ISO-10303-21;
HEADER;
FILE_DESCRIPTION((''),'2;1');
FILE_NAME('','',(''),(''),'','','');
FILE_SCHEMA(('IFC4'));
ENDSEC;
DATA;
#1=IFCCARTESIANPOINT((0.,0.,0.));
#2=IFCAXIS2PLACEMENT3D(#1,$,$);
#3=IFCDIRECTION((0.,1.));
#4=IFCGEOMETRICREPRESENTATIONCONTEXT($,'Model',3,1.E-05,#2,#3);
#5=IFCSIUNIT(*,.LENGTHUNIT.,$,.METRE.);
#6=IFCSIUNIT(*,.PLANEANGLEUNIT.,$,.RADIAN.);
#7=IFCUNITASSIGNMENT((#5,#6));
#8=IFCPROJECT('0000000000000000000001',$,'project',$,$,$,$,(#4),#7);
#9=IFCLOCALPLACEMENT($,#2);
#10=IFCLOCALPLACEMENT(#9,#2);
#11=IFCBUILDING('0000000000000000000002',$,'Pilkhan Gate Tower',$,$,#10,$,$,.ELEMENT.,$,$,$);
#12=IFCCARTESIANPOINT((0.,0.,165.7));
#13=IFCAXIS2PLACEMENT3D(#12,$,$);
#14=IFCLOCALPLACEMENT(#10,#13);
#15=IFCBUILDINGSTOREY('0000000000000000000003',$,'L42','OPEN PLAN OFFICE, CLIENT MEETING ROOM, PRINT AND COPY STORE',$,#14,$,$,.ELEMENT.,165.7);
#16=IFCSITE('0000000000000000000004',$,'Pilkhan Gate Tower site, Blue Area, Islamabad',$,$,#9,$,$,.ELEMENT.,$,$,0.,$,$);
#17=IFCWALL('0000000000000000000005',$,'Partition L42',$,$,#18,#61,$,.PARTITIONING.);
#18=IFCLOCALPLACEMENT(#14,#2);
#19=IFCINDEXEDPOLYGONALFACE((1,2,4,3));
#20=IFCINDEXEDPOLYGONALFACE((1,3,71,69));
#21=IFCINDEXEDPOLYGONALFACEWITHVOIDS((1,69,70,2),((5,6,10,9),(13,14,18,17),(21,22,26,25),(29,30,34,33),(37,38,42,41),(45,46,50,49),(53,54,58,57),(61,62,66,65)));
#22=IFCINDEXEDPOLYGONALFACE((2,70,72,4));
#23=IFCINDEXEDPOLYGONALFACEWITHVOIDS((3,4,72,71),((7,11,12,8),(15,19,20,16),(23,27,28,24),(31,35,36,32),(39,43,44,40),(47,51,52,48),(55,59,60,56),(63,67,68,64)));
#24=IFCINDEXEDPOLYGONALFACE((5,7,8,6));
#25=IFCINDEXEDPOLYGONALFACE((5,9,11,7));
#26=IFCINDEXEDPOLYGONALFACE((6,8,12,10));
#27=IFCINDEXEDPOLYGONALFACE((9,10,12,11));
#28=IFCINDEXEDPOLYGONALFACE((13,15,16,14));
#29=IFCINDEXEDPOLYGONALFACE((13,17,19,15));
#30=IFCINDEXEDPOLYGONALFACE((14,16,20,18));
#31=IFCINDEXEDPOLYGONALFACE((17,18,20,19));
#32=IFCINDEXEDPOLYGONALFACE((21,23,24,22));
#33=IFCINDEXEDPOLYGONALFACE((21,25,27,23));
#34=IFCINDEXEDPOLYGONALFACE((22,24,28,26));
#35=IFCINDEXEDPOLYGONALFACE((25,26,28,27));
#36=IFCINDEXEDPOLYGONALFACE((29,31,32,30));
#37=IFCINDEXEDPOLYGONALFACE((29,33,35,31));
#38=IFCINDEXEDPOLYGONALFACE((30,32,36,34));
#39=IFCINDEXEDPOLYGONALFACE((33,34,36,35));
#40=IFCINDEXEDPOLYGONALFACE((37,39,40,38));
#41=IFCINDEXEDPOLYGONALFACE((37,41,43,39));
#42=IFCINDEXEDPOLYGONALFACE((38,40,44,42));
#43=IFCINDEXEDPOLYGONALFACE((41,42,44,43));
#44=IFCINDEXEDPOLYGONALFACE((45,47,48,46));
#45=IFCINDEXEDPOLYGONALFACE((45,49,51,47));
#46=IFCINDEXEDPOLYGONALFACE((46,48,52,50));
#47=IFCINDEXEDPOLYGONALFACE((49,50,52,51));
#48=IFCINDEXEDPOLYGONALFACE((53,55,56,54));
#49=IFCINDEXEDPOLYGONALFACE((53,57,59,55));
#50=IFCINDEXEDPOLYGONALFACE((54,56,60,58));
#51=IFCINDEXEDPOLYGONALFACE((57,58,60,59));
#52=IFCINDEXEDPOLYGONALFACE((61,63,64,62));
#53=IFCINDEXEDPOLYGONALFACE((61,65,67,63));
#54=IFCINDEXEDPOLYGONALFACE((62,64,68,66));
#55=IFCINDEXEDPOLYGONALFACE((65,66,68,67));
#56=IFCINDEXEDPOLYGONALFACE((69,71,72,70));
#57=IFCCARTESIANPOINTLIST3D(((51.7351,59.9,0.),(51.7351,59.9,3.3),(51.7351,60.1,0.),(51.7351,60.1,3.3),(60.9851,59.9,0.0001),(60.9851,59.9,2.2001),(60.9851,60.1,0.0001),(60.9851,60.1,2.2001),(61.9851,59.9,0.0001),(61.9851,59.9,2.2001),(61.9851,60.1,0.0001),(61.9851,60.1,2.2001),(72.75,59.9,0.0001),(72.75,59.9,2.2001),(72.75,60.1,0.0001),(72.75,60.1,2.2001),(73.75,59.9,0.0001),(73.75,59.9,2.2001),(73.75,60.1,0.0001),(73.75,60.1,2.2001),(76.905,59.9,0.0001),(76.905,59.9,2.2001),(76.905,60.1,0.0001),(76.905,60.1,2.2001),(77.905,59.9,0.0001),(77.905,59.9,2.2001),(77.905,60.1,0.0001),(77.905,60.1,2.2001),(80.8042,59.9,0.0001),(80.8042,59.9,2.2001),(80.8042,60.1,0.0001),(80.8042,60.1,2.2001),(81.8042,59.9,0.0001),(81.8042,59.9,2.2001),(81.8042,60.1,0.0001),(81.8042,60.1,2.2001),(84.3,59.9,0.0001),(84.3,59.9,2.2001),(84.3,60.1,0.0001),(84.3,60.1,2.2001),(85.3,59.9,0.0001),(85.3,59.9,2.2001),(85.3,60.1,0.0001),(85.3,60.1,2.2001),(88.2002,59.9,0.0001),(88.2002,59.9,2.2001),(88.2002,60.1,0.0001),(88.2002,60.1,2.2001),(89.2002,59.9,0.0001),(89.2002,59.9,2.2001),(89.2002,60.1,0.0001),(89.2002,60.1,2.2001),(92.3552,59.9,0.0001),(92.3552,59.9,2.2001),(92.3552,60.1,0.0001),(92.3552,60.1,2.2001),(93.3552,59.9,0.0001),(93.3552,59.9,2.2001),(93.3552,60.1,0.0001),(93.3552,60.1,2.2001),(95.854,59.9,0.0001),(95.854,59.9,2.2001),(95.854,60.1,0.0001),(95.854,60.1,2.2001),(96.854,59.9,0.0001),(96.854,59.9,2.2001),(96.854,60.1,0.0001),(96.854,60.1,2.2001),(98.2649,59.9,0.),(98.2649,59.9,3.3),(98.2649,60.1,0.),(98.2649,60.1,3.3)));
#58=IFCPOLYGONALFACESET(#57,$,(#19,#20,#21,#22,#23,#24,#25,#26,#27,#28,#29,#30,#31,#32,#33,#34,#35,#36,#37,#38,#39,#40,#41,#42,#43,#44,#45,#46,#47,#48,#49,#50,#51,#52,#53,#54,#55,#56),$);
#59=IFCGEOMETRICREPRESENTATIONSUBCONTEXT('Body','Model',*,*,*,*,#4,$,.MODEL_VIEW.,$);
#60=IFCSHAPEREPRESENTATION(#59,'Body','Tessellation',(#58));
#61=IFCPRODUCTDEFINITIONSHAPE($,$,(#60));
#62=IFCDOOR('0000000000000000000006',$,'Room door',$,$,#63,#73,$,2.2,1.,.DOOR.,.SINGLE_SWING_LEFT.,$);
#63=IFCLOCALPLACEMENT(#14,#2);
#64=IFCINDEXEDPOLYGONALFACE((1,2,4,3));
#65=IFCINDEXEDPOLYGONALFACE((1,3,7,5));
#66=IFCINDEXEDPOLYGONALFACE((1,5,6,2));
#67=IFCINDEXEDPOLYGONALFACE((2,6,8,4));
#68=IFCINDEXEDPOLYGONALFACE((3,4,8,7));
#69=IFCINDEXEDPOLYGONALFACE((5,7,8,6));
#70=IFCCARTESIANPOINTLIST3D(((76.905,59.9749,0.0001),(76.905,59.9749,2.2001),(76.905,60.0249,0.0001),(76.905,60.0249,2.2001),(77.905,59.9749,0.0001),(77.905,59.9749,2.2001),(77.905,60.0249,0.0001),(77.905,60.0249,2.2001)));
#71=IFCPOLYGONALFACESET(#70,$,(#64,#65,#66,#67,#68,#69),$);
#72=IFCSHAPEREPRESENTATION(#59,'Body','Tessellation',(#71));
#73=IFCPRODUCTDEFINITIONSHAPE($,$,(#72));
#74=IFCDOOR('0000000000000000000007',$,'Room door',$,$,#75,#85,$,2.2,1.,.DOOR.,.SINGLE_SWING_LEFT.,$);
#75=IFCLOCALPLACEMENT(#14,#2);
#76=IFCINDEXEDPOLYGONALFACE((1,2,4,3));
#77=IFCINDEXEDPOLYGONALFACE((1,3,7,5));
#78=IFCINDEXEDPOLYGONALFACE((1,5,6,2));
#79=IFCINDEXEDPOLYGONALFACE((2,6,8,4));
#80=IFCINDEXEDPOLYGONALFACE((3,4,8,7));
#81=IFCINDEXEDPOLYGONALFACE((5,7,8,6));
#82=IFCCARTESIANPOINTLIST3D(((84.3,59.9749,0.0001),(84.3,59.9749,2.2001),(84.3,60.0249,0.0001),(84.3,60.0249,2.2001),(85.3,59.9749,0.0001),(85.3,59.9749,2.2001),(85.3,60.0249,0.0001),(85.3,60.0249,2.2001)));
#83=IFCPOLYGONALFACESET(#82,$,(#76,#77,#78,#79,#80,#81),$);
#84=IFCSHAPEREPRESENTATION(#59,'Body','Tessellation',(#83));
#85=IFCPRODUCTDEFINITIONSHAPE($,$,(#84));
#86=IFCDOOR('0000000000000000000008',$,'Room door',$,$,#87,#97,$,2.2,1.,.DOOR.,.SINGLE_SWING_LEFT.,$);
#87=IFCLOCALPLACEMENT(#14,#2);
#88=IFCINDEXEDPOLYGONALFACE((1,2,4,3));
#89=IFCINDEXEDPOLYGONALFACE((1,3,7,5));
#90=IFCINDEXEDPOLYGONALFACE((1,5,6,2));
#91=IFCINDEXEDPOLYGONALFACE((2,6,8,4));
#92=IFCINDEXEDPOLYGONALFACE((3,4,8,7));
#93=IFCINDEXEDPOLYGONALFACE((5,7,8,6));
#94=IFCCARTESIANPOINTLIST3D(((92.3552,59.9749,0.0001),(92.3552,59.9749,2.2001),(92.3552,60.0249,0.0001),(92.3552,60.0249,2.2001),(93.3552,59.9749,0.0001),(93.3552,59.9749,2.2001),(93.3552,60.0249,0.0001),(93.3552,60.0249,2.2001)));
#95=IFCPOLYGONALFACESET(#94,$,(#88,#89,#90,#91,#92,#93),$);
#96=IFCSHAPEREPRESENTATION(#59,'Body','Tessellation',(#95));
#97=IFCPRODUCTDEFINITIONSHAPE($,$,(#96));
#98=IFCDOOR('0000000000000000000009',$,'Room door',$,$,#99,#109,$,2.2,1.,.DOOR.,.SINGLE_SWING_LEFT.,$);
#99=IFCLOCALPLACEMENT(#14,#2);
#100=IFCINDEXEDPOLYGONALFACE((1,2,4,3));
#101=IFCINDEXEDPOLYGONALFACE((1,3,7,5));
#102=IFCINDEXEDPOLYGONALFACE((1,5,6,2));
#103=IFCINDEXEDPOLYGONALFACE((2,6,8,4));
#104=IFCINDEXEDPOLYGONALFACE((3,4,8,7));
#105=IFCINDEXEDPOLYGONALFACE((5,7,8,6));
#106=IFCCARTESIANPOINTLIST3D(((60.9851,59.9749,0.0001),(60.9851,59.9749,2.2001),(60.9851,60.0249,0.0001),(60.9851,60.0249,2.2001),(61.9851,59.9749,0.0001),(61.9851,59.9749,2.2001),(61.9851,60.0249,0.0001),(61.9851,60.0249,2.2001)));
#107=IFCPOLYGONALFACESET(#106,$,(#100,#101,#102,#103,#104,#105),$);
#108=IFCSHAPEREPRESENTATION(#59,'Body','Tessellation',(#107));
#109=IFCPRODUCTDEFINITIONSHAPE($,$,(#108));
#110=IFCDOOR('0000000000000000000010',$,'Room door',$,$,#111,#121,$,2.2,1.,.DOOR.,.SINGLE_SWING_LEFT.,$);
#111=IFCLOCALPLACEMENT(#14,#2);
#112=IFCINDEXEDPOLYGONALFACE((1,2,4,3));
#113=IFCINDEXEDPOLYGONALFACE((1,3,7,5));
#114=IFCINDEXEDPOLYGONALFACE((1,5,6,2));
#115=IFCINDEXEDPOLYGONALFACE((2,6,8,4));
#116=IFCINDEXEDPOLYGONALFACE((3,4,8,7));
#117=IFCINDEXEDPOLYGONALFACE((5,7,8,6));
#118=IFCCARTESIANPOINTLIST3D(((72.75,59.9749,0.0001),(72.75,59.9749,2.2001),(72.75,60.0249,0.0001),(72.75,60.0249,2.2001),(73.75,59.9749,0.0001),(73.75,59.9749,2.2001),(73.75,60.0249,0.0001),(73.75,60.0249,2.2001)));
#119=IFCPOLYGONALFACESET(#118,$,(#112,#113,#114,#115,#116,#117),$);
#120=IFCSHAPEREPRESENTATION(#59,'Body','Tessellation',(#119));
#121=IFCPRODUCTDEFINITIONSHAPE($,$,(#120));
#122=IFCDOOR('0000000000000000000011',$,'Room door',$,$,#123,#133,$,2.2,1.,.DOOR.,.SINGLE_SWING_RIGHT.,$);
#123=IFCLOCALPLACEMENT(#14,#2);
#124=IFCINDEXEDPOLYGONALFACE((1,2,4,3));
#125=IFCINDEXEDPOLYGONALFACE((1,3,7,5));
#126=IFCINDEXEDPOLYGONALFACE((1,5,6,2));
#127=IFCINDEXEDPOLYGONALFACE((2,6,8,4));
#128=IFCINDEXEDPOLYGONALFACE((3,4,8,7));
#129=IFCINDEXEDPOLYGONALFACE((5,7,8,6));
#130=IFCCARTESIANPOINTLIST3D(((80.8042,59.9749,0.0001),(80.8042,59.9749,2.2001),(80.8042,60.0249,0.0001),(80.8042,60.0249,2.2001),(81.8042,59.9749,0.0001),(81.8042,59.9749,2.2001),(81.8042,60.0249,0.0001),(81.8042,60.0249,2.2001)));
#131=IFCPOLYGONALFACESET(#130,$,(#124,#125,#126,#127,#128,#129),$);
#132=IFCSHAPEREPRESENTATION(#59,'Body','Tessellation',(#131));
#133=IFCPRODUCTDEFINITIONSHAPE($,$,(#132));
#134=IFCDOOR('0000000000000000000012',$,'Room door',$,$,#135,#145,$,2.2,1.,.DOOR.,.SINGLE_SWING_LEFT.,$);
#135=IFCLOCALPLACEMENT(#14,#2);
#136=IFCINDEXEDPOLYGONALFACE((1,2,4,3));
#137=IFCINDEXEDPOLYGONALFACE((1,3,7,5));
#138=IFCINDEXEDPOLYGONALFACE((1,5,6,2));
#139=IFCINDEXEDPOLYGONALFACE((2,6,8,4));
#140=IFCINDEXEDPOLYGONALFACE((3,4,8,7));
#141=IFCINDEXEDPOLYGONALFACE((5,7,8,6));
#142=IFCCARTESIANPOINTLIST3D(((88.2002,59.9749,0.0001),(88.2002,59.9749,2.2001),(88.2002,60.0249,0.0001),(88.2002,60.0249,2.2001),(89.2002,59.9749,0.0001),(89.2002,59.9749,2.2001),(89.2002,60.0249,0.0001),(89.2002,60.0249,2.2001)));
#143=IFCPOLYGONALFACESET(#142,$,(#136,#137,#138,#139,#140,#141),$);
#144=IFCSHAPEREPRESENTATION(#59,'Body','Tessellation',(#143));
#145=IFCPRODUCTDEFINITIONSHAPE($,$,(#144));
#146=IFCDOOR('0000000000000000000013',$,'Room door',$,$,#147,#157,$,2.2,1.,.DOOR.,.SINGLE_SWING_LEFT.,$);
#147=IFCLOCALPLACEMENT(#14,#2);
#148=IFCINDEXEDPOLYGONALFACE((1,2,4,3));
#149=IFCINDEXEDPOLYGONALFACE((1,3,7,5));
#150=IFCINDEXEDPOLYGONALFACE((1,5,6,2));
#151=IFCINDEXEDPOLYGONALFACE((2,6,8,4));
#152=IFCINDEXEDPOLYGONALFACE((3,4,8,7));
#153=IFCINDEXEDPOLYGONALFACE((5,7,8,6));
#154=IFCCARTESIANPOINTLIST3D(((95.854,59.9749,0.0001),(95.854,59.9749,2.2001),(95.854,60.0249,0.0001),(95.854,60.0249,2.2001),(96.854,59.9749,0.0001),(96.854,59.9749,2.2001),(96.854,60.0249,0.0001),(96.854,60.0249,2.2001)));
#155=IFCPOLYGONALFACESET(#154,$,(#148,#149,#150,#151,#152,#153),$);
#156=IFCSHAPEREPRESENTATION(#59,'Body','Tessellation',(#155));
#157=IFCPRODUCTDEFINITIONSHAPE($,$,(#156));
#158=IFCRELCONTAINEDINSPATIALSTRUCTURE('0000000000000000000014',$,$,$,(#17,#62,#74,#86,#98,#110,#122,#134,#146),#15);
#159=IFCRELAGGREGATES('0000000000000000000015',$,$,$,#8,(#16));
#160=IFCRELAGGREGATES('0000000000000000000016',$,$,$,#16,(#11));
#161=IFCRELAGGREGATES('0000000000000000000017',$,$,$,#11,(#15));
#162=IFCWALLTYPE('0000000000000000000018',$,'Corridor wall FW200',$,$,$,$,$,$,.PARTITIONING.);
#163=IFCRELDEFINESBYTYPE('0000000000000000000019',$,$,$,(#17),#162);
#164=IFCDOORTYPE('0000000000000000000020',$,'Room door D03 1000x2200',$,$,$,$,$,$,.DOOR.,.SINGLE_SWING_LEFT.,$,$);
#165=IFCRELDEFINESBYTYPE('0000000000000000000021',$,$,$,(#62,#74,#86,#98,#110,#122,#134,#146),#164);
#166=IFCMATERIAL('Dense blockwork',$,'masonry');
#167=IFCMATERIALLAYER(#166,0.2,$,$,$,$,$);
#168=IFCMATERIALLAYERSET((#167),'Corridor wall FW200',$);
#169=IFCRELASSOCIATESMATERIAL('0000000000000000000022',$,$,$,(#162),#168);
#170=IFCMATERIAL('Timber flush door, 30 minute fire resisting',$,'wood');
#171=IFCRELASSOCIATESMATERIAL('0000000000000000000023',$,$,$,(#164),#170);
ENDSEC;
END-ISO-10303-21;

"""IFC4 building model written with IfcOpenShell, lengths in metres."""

from ifc_helpers import new_model, si_unit, direction, frame, frame_2d, origin, place, context, subcontext, project, spatial, rectangle, extrude, material, layer, layer_set, type_object, element, fill, save


model = new_model("IFC4")

# Units and contexts
model_context = context("Model", 3, precision=1e-05, world=origin(), true_north=direction((0.0, 1.0)))
body_context = subcontext(model_context, "Body", "Model", "MODEL_VIEW")
ifc_project = project(units=[si_unit("LENGTHUNIT", "METRE"), si_unit("PLANEANGLEUNIT", "RADIAN")], contexts=[model_context])

# Site, building, storey
site_placement = place(None, origin())
site = spatial("IfcSite", under=ifc_project, at=site_placement, Name="Pilkhan Gate Tower site, Blue Area, Islamabad", CompositionType="ELEMENT", RefElevation=0.0)
building_placement = place(site_placement, origin())
building = spatial("IfcBuilding", under=site, at=building_placement, Name="Pilkhan Gate Tower", CompositionType="ELEMENT")
storey_placement = place(building_placement, frame((0.0, 0.0, 165.7)))
storey = spatial("IfcBuildingStorey", under=building, at=storey_placement, Name="L42", Description="OPEN PLAN OFFICE, CLIENT MEETING ROOM, PRINT AND COPY STORE", CompositionType="ELEMENT", Elevation=165.7)

# Wall, openings, doors
ifc_material_1 = material(Name="Dense blockwork", Category="masonry")
ifc_layer_1 = layer(ifc_material_1, 0.2)
ifc_layer_set_1 = layer_set([ifc_layer_1], Name="Corridor wall FW200")
wall_type_1 = type_object("IfcWallType", Name="Corridor wall FW200", PredefinedType="PARTITIONING", material=ifc_layer_set_1)
wall_1_placement = place(storey_placement, frame((51.7351, 60.0, 0.0), z_axis=(0.0, 0.0, 1.0), x_axis=(1.0, 0.0, 0.0)))
wall_1 = element("IfcWall", 1, at=wall_1_placement, inside=storey, type_object=wall_type_1, Name="Partition L42", PredefinedType="PARTITIONING", context=body_context, shape_type="SweptSolid", body=[
    extrude(rectangle(XDim=46.5298, YDim=0.2, at=frame_2d((23.2649, 0.0))), origin(), (0.0, 0.0, 1.0), 3.3),
])
opening_1_placement = place(wall_1_placement, frame((25.1699, 0.0, 0.0)))
opening_1 = element("IfcOpeningElement", 2, at=opening_1_placement, cuts=wall_1, PredefinedType="OPENING", context=body_context, shape_type="SweptSolid", body=[
    extrude(rectangle(XDim=1.0, YDim=2.2, at=frame_2d((0.5, 1.1001))), frame((0.0, 0.1099, 0.0), z_axis=(0.0, -1.0, 0.0), x_axis=(1.0, 0.0, 0.0)), (0.0, 0.0, 1.0), 0.22),
])
opening_2_placement = place(wall_1_placement, frame((32.5649, 0.0, 0.0)))
opening_2 = element("IfcOpeningElement", 3, at=opening_2_placement, cuts=wall_1, PredefinedType="OPENING", context=body_context, shape_type="SweptSolid", body=[
    extrude(rectangle(XDim=1.0, YDim=2.2, at=frame_2d((0.5, 1.1001))), frame((0.0, 0.1099, 0.0), z_axis=(0.0, -1.0, 0.0), x_axis=(1.0, 0.0, 0.0)), (0.0, 0.0, 1.0), 0.22),
])
opening_3_placement = place(wall_1_placement, frame((40.6201, 0.0, 0.0)))
opening_3 = element("IfcOpeningElement", 4, at=opening_3_placement, cuts=wall_1, PredefinedType="OPENING", context=body_context, shape_type="SweptSolid", body=[
    extrude(rectangle(XDim=1.0, YDim=2.2, at=frame_2d((0.5, 1.1001))), frame((0.0, 0.1099, 0.0), z_axis=(0.0, -1.0, 0.0), x_axis=(1.0, 0.0, 0.0)), (0.0, 0.0, 1.0), 0.22),
])
opening_4_placement = place(wall_1_placement, frame((9.25, 0.0, 0.0)))
opening_4 = element("IfcOpeningElement", 5, at=opening_4_placement, cuts=wall_1, PredefinedType="OPENING", context=body_context, shape_type="SweptSolid", body=[
    extrude(rectangle(XDim=1.0, YDim=2.2, at=frame_2d((0.5, 1.1001))), frame((0.0, 0.1099, 0.0), z_axis=(0.0, -1.0, 0.0), x_axis=(1.0, 0.0, 0.0)), (0.0, 0.0, 1.0), 0.22),
])
opening_5_placement = place(wall_1_placement, frame((21.0149, 0.0, 0.0)))
opening_5 = element("IfcOpeningElement", 6, at=opening_5_placement, cuts=wall_1, PredefinedType="OPENING", context=body_context, shape_type="SweptSolid", body=[
    extrude(rectangle(XDim=1.0, YDim=2.2, at=frame_2d((0.5, 1.1001))), frame((0.0, 0.1099, 0.0), z_axis=(0.0, -1.0, 0.0), x_axis=(1.0, 0.0, 0.0)), (0.0, 0.0, 1.0), 0.22),
])
opening_6_placement = place(wall_1_placement, frame((29.0691, 0.0, 0.0)))
opening_6 = element("IfcOpeningElement", 7, at=opening_6_placement, cuts=wall_1, PredefinedType="OPENING", context=body_context, shape_type="SweptSolid", body=[
    extrude(rectangle(XDim=1.0, YDim=2.2, at=frame_2d((0.5, 1.1001))), frame((0.0, 0.1099, 0.0), z_axis=(0.0, -1.0, 0.0), x_axis=(1.0, 0.0, 0.0)), (0.0, 0.0, 1.0), 0.22),
])
opening_7_placement = place(wall_1_placement, frame((36.4651, 0.0, 0.0)))
opening_7 = element("IfcOpeningElement", 8, at=opening_7_placement, cuts=wall_1, PredefinedType="OPENING", context=body_context, shape_type="SweptSolid", body=[
    extrude(rectangle(XDim=1.0, YDim=2.2, at=frame_2d((0.5, 1.1001))), frame((0.0, 0.1099, 0.0), z_axis=(0.0, -1.0, 0.0), x_axis=(1.0, 0.0, 0.0)), (0.0, 0.0, 1.0), 0.22),
])
opening_8_placement = place(wall_1_placement, frame((44.1189, 0.0, 0.0)))
opening_8 = element("IfcOpeningElement", 9, at=opening_8_placement, cuts=wall_1, PredefinedType="OPENING", context=body_context, shape_type="SweptSolid", body=[
    extrude(rectangle(XDim=1.0, YDim=2.2, at=frame_2d((0.5, 1.1001))), frame((0.0, 0.1099, 0.0), z_axis=(0.0, -1.0, 0.0), x_axis=(1.0, 0.0, 0.0)), (0.0, 0.0, 1.0), 0.22),
])
ifc_material_2 = material(Name="Timber flush door, 30 minute fire resisting", Category="wood")
door_type = type_object("IfcDoorType", Name="Room door D03 1000x2200", OperationType="SINGLE_SWING_LEFT", PredefinedType="DOOR", material=ifc_material_2)
door_1_placement = place(opening_1_placement, origin())
door_1 = element("IfcDoor", 10, at=door_1_placement, inside=storey, type_object=door_type, Name="Room door", OperationType="SINGLE_SWING_LEFT", OverallHeight=2.2, OverallWidth=1.0, PredefinedType="DOOR", context=body_context, shape_type="SweptSolid", body=[
    extrude(rectangle(XDim=1.0, YDim=2.2, at=frame_2d((0.5, 1.1001))), frame((0.0, 0.0249, 0.0), z_axis=(0.0, -1.0, 0.0), x_axis=(1.0, 0.0, 0.0)), (0.0, 0.0, 1.0), 0.05),
])
fill(opening_1, door_1)
door_2_placement = place(opening_2_placement, origin())
door_2 = element("IfcDoor", 11, at=door_2_placement, inside=storey, type_object=door_type, Name="Room door", OperationType="SINGLE_SWING_LEFT", OverallHeight=2.2, OverallWidth=1.0, PredefinedType="DOOR", context=body_context, shape_type="SweptSolid", body=[
    extrude(rectangle(XDim=1.0, YDim=2.2, at=frame_2d((0.5, 1.1001))), frame((0.0, 0.0249, 0.0), z_axis=(0.0, -1.0, 0.0), x_axis=(1.0, 0.0, 0.0)), (0.0, 0.0, 1.0), 0.05),
])
fill(opening_2, door_2)
door_3_placement = place(opening_3_placement, origin())
door_3 = element("IfcDoor", 12, at=door_3_placement, inside=storey, type_object=door_type, Name="Room door", OperationType="SINGLE_SWING_LEFT", OverallHeight=2.2, OverallWidth=1.0, PredefinedType="DOOR", context=body_context, shape_type="SweptSolid", body=[
    extrude(rectangle(XDim=1.0, YDim=2.2, at=frame_2d((0.5, 1.1001))), frame((0.0, 0.0249, 0.0), z_axis=(0.0, -1.0, 0.0), x_axis=(1.0, 0.0, 0.0)), (0.0, 0.0, 1.0), 0.05),
])
fill(opening_3, door_3)
door_4_placement = place(opening_4_placement, origin())
door_4 = element("IfcDoor", 13, at=door_4_placement, inside=storey, type_object=door_type, Name="Room door", OperationType="SINGLE_SWING_LEFT", OverallHeight=2.2, OverallWidth=1.0, PredefinedType="DOOR", context=body_context, shape_type="SweptSolid", body=[
    extrude(rectangle(XDim=1.0, YDim=2.2, at=frame_2d((0.5, 1.1001))), frame((0.0, 0.0249, 0.0), z_axis=(0.0, -1.0, 0.0), x_axis=(1.0, 0.0, 0.0)), (0.0, 0.0, 1.0), 0.05),
])
fill(opening_4, door_4)
door_5_placement = place(opening_5_placement, origin())
door_5 = element("IfcDoor", 14, at=door_5_placement, inside=storey, type_object=door_type, Name="Room door", OperationType="SINGLE_SWING_LEFT", OverallHeight=2.2, OverallWidth=1.0, PredefinedType="DOOR", context=body_context, shape_type="SweptSolid", body=[
    extrude(rectangle(XDim=1.0, YDim=2.2, at=frame_2d((0.5, 1.1001))), frame((0.0, 0.0249, 0.0), z_axis=(0.0, -1.0, 0.0), x_axis=(1.0, 0.0, 0.0)), (0.0, 0.0, 1.0), 0.05),
])
fill(opening_5, door_5)
door_6_placement = place(opening_6_placement, origin())
door_6 = element("IfcDoor", 15, at=door_6_placement, inside=storey, type_object=door_type, Name="Room door", OperationType="SINGLE_SWING_RIGHT", OverallHeight=2.2, OverallWidth=1.0, PredefinedType="DOOR", context=body_context, shape_type="SweptSolid", body=[
    extrude(rectangle(XDim=1.0, YDim=2.2, at=frame_2d((0.5, 1.1001))), frame((0.0, 0.0249, 0.0), z_axis=(0.0, -1.0, 0.0), x_axis=(1.0, 0.0, 0.0)), (0.0, 0.0, 1.0), 0.05),
])
fill(opening_6, door_6)
door_7_placement = place(opening_7_placement, origin())
door_7 = element("IfcDoor", 16, at=door_7_placement, inside=storey, type_object=door_type, Name="Room door", OperationType="SINGLE_SWING_LEFT", OverallHeight=2.2, OverallWidth=1.0, PredefinedType="DOOR", context=body_context, shape_type="SweptSolid", body=[
    extrude(rectangle(XDim=1.0, YDim=2.2, at=frame_2d((0.5, 1.1001))), frame((0.0, 0.0249, 0.0), z_axis=(0.0, -1.0, 0.0), x_axis=(1.0, 0.0, 0.0)), (0.0, 0.0, 1.0), 0.05),
])
fill(opening_7, door_7)
door_8_placement = place(opening_8_placement, origin())
door_8 = element("IfcDoor", 17, at=door_8_placement, inside=storey, type_object=door_type, Name="Room door", OperationType="SINGLE_SWING_LEFT", OverallHeight=2.2, OverallWidth=1.0, PredefinedType="DOOR", context=body_context, shape_type="SweptSolid", body=[
    extrude(rectangle(XDim=1.0, YDim=2.2, at=frame_2d((0.5, 1.1001))), frame((0.0, 0.0249, 0.0), z_axis=(0.0, -1.0, 0.0), x_axis=(1.0, 0.0, 0.0)), (0.0, 0.0, 1.0), 0.05),
])
fill(opening_8, door_8)

save(model, "model.ifc")
